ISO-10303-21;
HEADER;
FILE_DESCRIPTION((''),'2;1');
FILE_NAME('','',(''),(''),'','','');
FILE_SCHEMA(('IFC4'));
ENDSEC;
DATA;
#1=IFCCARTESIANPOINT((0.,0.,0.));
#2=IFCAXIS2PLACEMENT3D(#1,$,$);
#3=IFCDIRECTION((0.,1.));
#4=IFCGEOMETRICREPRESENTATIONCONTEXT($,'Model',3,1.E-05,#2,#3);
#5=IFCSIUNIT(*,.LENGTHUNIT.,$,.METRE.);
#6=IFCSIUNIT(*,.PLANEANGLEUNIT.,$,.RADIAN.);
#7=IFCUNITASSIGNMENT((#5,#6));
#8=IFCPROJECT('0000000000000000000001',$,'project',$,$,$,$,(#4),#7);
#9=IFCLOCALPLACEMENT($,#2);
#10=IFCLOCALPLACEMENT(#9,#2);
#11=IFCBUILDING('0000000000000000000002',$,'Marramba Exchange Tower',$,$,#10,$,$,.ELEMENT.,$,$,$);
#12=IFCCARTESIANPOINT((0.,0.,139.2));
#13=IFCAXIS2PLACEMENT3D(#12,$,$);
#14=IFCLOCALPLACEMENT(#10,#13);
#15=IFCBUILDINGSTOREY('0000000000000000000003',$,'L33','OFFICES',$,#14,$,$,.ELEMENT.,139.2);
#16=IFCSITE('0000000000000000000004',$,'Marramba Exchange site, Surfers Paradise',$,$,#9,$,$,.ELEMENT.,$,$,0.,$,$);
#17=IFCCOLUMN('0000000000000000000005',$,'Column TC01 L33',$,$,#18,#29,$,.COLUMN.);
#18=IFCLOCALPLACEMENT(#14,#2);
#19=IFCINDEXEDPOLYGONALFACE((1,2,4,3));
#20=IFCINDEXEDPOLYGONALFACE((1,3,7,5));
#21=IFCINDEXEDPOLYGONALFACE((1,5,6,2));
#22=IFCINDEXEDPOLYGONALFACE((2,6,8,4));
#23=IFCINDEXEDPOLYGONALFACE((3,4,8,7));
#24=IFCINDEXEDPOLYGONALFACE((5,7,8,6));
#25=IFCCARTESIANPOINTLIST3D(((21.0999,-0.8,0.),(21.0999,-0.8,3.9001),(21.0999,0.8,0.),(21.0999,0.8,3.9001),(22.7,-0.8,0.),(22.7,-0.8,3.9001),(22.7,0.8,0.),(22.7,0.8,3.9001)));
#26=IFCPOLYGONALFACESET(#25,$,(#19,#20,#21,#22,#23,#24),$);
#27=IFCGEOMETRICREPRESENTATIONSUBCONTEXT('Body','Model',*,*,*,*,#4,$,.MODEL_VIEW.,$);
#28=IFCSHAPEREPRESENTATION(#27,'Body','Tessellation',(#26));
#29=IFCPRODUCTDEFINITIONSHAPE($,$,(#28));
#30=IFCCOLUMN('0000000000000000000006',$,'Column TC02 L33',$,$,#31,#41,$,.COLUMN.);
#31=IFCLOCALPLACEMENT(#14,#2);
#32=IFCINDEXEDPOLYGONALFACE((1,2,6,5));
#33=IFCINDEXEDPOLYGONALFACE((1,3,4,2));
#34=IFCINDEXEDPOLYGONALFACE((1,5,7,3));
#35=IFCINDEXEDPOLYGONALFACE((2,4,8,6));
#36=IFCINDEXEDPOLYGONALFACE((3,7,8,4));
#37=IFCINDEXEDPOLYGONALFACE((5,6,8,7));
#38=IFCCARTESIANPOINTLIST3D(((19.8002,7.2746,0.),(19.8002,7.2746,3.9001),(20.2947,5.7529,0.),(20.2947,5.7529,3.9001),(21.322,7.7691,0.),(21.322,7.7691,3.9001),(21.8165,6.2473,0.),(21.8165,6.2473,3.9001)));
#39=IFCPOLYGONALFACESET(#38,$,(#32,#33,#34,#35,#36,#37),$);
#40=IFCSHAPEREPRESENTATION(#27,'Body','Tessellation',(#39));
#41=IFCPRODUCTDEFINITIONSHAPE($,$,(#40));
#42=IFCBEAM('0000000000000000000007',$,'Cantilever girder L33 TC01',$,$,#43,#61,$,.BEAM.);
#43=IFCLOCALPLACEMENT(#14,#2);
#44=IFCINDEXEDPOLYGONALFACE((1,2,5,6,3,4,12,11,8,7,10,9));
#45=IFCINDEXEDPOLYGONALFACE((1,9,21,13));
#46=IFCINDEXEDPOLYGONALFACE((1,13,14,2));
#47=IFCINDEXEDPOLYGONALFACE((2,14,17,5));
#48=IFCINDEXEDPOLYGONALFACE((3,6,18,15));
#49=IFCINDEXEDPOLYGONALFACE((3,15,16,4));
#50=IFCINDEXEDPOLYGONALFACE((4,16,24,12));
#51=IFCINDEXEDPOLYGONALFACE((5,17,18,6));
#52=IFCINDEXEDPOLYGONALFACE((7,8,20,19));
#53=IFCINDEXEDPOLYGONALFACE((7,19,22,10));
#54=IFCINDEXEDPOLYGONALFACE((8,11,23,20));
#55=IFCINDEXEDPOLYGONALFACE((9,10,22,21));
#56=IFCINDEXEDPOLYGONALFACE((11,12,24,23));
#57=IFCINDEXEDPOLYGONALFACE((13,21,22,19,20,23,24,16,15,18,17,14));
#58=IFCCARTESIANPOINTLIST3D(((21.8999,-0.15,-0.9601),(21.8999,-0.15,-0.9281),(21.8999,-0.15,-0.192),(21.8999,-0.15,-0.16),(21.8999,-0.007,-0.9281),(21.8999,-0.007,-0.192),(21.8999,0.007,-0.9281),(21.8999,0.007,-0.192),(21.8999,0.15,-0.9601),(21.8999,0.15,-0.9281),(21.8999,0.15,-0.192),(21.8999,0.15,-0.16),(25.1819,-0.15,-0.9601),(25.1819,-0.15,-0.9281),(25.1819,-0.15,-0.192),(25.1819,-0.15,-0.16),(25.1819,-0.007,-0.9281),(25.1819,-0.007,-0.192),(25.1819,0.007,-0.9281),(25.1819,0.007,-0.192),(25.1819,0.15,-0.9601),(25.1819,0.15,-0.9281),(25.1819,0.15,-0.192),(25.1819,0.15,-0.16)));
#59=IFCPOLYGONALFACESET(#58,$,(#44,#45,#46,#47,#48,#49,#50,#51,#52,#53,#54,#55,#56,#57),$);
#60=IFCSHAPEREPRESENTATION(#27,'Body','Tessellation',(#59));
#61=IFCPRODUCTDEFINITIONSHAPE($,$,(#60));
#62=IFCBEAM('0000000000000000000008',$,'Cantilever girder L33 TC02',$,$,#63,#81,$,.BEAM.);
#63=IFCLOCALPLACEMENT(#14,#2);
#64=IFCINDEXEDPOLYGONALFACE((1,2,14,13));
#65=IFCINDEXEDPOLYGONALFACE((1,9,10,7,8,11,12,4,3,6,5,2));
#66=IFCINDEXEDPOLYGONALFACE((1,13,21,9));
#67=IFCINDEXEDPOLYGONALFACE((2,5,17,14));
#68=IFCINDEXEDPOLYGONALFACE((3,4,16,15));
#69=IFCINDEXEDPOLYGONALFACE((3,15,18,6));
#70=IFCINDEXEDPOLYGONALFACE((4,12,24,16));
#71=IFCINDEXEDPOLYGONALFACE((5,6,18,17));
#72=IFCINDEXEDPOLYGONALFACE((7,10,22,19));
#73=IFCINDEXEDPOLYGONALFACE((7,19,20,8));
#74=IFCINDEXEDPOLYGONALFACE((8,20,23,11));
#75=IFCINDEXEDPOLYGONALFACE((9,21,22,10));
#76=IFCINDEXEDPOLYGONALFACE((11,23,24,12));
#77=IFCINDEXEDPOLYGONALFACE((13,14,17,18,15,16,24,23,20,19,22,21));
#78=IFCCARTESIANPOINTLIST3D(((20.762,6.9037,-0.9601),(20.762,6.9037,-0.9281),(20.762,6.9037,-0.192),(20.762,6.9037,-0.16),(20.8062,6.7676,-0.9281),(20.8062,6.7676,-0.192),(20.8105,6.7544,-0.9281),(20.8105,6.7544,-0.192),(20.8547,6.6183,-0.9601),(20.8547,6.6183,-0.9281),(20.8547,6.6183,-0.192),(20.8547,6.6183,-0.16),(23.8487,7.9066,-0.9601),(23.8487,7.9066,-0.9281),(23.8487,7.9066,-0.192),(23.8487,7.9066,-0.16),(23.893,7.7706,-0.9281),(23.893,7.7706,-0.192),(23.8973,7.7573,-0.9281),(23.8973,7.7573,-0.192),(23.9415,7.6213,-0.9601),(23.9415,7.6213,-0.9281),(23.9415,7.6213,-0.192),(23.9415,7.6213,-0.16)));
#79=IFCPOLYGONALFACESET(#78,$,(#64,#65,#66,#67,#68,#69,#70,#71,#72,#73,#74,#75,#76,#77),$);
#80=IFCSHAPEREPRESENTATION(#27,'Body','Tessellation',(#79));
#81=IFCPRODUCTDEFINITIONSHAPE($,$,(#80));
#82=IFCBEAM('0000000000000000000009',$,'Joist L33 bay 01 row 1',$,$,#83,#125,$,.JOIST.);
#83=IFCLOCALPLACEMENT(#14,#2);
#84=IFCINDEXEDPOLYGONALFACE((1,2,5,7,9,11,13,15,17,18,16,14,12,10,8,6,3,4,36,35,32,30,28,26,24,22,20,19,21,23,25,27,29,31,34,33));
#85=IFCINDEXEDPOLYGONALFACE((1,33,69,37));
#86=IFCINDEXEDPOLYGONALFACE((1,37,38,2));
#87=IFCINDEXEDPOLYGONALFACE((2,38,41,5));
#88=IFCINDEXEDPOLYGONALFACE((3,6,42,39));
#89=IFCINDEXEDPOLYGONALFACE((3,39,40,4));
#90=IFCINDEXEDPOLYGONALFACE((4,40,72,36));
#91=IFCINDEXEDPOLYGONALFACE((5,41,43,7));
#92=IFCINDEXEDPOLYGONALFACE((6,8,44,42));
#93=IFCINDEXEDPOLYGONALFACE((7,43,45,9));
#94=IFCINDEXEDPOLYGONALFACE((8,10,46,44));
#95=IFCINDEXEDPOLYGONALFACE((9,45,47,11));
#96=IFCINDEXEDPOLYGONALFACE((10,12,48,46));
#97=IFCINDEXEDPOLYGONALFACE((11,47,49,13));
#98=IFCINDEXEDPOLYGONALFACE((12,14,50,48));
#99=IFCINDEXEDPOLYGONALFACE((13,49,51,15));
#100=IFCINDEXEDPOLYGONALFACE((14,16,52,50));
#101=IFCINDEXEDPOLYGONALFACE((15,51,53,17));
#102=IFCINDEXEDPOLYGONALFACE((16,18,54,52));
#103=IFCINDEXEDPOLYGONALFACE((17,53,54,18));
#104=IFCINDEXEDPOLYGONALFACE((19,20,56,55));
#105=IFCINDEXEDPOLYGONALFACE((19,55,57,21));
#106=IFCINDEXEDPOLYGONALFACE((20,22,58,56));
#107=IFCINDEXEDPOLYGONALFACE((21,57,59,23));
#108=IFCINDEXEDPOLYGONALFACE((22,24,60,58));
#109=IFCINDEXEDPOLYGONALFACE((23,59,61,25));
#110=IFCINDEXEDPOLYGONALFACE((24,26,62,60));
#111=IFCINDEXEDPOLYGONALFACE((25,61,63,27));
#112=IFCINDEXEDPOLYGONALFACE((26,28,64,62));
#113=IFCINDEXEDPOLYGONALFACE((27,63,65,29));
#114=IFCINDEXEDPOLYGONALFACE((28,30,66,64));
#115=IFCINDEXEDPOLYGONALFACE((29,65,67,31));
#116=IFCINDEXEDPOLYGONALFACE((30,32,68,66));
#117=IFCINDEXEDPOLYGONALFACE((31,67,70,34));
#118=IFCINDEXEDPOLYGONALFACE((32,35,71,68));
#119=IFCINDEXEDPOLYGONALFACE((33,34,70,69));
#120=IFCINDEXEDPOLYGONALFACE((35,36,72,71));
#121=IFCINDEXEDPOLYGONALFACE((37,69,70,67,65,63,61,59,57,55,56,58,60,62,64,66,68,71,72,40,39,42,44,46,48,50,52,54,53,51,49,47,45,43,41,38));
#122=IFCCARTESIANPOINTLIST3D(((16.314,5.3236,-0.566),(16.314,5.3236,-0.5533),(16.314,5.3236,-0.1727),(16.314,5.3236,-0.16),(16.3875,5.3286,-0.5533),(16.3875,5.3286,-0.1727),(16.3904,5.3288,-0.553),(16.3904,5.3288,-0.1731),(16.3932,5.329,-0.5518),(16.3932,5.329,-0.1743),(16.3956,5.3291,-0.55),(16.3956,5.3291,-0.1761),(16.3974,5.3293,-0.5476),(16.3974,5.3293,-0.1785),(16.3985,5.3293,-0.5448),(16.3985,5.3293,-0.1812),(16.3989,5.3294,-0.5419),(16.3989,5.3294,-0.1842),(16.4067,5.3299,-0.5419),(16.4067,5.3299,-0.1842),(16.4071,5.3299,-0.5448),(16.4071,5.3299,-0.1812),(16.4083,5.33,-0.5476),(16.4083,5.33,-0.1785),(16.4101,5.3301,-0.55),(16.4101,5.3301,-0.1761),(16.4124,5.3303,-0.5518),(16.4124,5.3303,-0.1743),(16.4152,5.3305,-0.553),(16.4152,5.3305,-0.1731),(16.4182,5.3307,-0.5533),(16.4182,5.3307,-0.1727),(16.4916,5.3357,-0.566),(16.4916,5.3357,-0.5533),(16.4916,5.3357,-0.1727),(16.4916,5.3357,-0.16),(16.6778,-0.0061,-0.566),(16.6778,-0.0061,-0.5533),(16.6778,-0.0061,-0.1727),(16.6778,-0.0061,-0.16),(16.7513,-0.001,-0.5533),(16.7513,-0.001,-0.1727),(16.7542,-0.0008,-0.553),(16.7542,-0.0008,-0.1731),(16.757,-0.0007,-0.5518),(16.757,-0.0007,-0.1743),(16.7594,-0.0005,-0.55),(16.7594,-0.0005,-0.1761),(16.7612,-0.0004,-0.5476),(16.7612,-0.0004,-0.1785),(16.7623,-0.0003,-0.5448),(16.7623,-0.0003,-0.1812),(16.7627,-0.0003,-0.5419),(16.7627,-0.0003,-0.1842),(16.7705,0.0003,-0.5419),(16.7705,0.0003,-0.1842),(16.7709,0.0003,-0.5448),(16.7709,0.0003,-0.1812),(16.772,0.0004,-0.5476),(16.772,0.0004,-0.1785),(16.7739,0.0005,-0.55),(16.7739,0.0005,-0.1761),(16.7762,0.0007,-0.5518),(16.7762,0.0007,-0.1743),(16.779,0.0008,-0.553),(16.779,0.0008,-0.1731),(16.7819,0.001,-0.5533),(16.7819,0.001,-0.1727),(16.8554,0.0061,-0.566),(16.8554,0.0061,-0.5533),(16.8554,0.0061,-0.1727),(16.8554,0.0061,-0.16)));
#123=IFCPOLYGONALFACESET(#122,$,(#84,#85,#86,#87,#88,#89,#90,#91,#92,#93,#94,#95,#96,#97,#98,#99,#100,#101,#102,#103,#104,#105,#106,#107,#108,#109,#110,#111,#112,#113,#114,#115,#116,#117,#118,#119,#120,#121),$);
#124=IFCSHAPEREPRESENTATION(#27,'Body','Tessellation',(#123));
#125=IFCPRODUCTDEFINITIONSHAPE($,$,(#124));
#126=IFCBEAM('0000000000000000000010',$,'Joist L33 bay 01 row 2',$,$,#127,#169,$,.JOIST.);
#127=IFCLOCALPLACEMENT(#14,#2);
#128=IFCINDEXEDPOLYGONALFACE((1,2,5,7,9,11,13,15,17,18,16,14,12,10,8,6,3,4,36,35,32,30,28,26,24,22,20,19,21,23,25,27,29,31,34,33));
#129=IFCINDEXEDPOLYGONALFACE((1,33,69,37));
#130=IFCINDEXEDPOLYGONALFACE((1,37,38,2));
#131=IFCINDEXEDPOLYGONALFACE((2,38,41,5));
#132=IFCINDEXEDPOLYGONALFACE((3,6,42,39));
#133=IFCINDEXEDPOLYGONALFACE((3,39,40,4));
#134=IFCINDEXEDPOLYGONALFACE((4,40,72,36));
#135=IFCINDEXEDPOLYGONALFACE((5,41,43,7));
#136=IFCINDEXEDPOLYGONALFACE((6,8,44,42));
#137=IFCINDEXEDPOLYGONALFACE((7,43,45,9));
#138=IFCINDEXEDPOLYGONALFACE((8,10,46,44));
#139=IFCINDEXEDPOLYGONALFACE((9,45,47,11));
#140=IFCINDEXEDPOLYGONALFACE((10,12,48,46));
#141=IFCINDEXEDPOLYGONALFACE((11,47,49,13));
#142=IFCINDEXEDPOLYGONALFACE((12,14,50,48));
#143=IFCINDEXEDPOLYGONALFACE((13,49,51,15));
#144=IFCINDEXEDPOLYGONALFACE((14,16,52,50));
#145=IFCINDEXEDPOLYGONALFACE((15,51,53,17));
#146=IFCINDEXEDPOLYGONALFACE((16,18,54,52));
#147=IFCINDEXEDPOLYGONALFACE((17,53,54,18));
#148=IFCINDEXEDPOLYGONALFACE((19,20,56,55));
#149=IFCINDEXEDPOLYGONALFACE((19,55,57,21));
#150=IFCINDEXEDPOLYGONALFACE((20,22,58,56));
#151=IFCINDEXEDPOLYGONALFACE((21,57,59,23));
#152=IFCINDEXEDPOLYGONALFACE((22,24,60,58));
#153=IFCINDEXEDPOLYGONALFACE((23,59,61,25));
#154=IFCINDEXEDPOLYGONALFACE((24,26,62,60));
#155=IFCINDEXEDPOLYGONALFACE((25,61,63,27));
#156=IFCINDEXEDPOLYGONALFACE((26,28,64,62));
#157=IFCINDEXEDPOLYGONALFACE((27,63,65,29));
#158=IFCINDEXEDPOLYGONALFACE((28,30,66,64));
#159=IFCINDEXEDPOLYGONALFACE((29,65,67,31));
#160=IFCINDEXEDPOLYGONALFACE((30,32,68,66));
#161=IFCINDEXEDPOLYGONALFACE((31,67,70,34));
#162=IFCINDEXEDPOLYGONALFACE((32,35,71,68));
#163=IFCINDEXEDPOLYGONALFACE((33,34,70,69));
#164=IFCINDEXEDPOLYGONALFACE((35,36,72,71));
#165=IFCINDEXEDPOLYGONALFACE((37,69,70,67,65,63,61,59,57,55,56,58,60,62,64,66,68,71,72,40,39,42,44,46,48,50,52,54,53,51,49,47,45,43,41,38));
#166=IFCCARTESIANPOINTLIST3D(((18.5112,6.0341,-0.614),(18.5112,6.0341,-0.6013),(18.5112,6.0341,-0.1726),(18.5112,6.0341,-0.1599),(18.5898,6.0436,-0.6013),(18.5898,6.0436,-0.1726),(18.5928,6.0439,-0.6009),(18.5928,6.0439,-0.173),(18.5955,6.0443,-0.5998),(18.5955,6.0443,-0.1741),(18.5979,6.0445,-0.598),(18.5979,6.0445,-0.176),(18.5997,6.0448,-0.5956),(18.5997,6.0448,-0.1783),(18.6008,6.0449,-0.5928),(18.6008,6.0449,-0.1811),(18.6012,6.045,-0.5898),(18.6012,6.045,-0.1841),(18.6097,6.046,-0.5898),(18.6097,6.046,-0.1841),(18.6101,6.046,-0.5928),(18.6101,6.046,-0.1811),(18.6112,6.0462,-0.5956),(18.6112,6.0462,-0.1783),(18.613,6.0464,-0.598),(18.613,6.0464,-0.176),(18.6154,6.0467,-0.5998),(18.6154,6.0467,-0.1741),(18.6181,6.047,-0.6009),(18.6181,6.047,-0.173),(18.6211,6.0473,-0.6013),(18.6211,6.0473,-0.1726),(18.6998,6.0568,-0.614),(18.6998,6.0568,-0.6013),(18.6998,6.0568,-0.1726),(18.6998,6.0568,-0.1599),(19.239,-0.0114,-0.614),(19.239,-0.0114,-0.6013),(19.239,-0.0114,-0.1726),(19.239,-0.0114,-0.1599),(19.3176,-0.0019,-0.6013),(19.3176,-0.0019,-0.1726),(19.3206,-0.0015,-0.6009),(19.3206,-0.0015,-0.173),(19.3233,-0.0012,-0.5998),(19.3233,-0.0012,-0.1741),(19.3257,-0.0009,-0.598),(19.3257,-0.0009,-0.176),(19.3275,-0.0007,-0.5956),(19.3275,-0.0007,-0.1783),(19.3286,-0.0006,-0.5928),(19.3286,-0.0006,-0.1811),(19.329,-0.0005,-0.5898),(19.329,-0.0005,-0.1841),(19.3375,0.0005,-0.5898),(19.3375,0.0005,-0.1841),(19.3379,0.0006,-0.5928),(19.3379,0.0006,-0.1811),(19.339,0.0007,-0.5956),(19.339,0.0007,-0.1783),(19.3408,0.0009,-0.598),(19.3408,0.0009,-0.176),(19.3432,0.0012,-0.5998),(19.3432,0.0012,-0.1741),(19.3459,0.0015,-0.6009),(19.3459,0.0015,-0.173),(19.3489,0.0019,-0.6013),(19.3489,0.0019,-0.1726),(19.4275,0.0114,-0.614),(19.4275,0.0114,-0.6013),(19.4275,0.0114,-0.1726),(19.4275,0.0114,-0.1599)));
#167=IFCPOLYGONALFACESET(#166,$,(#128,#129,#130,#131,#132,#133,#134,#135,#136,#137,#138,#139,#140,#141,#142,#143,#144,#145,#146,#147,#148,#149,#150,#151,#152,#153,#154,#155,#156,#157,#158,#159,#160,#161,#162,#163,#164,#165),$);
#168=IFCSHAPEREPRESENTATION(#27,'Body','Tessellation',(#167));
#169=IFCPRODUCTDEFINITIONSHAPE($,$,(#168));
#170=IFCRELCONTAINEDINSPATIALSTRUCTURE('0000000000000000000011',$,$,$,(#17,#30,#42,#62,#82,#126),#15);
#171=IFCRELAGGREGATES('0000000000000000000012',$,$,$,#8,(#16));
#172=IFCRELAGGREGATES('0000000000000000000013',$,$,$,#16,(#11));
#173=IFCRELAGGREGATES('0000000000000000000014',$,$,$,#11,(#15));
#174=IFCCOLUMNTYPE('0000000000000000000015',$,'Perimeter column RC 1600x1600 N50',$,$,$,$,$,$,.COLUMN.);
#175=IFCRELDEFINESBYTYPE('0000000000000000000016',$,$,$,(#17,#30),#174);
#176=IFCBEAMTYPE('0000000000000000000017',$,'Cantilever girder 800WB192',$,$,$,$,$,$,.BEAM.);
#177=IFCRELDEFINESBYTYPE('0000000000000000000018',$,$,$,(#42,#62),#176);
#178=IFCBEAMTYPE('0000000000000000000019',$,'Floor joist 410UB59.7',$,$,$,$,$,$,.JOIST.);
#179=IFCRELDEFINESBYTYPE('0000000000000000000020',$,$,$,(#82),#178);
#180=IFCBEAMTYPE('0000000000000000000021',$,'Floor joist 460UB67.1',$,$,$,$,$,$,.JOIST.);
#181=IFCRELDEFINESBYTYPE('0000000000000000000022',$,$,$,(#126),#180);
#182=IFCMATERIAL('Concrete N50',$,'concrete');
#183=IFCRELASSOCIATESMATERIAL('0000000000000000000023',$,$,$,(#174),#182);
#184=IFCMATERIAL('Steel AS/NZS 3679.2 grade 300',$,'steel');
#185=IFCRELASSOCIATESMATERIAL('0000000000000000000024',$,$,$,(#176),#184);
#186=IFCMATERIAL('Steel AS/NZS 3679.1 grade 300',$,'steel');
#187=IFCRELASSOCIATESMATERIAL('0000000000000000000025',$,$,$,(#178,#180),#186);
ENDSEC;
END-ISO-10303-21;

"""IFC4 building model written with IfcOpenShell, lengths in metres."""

from ifc_helpers import new_model, si_unit, direction, frame, origin, origin_2d, place, context, subcontext, project, spatial, rectangle, i_section, extrude, material, material_profile, profile_set, type_object, element, save


model = new_model("IFC4")

# Units and contexts
model_context = context("Model", 3, precision=1e-05, world=origin(), true_north=direction((0.0, 1.0)))
body_context = subcontext(model_context, "Body", "Model", "MODEL_VIEW")
ifc_project = project(units=[si_unit("LENGTHUNIT", "METRE"), si_unit("PLANEANGLEUNIT", "RADIAN")], contexts=[model_context])

# Site, building, storey
site_placement = place(None, origin())
site = spatial("IfcSite", under=ifc_project, at=site_placement, Name="Marramba Exchange site, Surfers Paradise", CompositionType="ELEMENT", RefElevation=0.0)
building_placement = place(site_placement, origin())
building = spatial("IfcBuilding", under=site, at=building_placement, Name="Marramba Exchange Tower", CompositionType="ELEMENT")
storey_placement = place(building_placement, frame((0.0, 0.0, 139.2)))
storey = spatial("IfcBuildingStorey", under=building, at=storey_placement, Name="L33", Description="OFFICES", CompositionType="ELEMENT", Elevation=139.2)

# Columns
ifc_material_1 = material(Name="Concrete N50", Category="concrete")
ifc_material_profile_1 = material_profile(ifc_material_1, rectangle(XDim=1.6001, YDim=1.6001, at=origin_2d()), Name="RC 1600x1600")
ifc_profile_set_1 = profile_set([ifc_material_profile_1], Name="Concrete N50")
column_type = type_object("IfcColumnType", Name="Perimeter column RC 1600x1600 N50", PredefinedType="COLUMN", material=ifc_profile_set_1)
for number, where, z_axis, x_axis, name in (
    (1, (21.8999, 0.0, 0.0), (0.0, 0.0, 1.0), (1.0, 0.0, 0.0), "Column TC01 L33"),
    (2, (20.8083, 6.761, 0.0), (0.0, 0.0, 1.0), (0.951057, 0.309017, 0.0), "Column TC02 L33"),
):
    element("IfcColumn", number, at=place(storey_placement, frame(where, z_axis=z_axis, x_axis=x_axis)), inside=storey, type_object=column_type, Name=name, PredefinedType="COLUMN", context=body_context, shape_type="SweptSolid", body=[
        extrude(rectangle(XDim=1.6001, YDim=1.6001, at=origin_2d()), origin(), (0.0, 0.0, 1.0), 3.9001),
    ])

# Beams
ifc_material_2 = material(Name="Steel AS/NZS 3679.2 grade 300", Category="steel")
ifc_material_profile_2 = material_profile(ifc_material_2, i_section(OverallWidth=0.3, OverallDepth=0.8, WebThickness=0.0139, FlangeThickness=0.032, at=origin_2d()), Name="800WB192")
ifc_profile_set_2 = profile_set([ifc_material_profile_2], Name="Steel AS/NZS 3679.2 grade 300")
beam_type_1 = type_object("IfcBeamType", Name="Cantilever girder 800WB192", PredefinedType="BEAM", material=ifc_profile_set_2)
beam_1_placement = place(storey_placement, frame((21.8999, 0.0, -0.5601), z_axis=(1.0, 0.0, 0.0), x_axis=(0.0, 1.0, 0.0)))
element("IfcBeam", 3, at=beam_1_placement, inside=storey, type_object=beam_type_1, Name="Cantilever girder L33 TC01", PredefinedType="BEAM", context=body_context, shape_type="SweptSolid", body=[
    extrude(i_section(OverallWidth=0.3, OverallDepth=0.8, WebThickness=0.0139, FlangeThickness=0.032, at=origin_2d()), origin(), (0.0, 0.0, 1.0), 3.282),
])
beam_2_placement = place(storey_placement, frame((20.8083, 6.761, -0.5601), z_axis=(0.951056, 0.30902, 0.0), x_axis=(-0.30902, 0.951056, 0.0)))
element("IfcBeam", 4, at=beam_2_placement, inside=storey, type_object=beam_type_1, Name="Cantilever girder L33 TC02", PredefinedType="BEAM", context=body_context, shape_type="SweptSolid", body=[
    extrude(i_section(OverallWidth=0.3, OverallDepth=0.8, WebThickness=0.0139, FlangeThickness=0.032, at=origin_2d()), origin(), (0.0, 0.0, 1.0), 3.2456),
])
ifc_material_3 = material(Name="Steel AS/NZS 3679.1 grade 300", Category="steel")
ifc_material_profile_3 = material_profile(ifc_material_3, i_section(OverallWidth=0.178, OverallDepth=0.406, WebThickness=0.0078, FlangeThickness=0.0127, FilletRadius=0.0115, at=origin_2d()), Name="410UB59.7")
ifc_profile_set_3 = profile_set([ifc_material_profile_3], Name="Steel AS/NZS 3679.1 grade 300")
beam_type_2 = type_object("IfcBeamType", Name="Floor joist 410UB59.7", PredefinedType="JOIST", material=ifc_profile_set_3)
beam_3_placement = place(storey_placement, frame((16.7666, 0.0, -0.363), z_axis=(-0.068096, 0.997679, 0.0), x_axis=(-0.997679, -0.068096, 0.0)))
element("IfcBeam", 5, at=beam_3_placement, inside=storey, type_object=beam_type_2, Name="Joist L33 bay 01 row 1", PredefinedType="JOIST", context=body_context, shape_type="SweptSolid", body=[
    extrude(i_section(OverallWidth=0.178, OverallDepth=0.406, WebThickness=0.0078, FlangeThickness=0.0127, FilletRadius=0.0115, at=origin_2d()), origin(), (0.0, 0.0, 1.0), 5.342),
])
ifc_material_profile_4 = material_profile(ifc_material_3, i_section(OverallWidth=0.1899, OverallDepth=0.4541, WebThickness=0.0085, FlangeThickness=0.0127, FilletRadius=0.0115, at=origin_2d()), Name="460UB67.1")
ifc_profile_set_4 = profile_set([ifc_material_profile_4], Name="Steel AS/NZS 3679.1 grade 300")
beam_type_3 = type_object("IfcBeamType", Name="Floor joist 460UB67.1", PredefinedType="JOIST", material=ifc_profile_set_4)
beam_4_placement = place(storey_placement, frame((19.3333, 0.0, -0.387), z_axis=(-0.119523, 0.992831, 0.0), x_axis=(-0.992831, -0.119523, 0.0)))
element("IfcBeam", 6, at=beam_4_placement, inside=storey, type_object=beam_type_3, Name="Joist L33 bay 01 row 2", PredefinedType="JOIST", context=body_context, shape_type="SweptSolid", body=[
    extrude(i_section(OverallWidth=0.1899, OverallDepth=0.4541, WebThickness=0.0085, FlangeThickness=0.0127, FilletRadius=0.0115, at=origin_2d()), origin(), (0.0, 0.0, 1.0), 6.0891),
])

save(model, "model.ifc")
